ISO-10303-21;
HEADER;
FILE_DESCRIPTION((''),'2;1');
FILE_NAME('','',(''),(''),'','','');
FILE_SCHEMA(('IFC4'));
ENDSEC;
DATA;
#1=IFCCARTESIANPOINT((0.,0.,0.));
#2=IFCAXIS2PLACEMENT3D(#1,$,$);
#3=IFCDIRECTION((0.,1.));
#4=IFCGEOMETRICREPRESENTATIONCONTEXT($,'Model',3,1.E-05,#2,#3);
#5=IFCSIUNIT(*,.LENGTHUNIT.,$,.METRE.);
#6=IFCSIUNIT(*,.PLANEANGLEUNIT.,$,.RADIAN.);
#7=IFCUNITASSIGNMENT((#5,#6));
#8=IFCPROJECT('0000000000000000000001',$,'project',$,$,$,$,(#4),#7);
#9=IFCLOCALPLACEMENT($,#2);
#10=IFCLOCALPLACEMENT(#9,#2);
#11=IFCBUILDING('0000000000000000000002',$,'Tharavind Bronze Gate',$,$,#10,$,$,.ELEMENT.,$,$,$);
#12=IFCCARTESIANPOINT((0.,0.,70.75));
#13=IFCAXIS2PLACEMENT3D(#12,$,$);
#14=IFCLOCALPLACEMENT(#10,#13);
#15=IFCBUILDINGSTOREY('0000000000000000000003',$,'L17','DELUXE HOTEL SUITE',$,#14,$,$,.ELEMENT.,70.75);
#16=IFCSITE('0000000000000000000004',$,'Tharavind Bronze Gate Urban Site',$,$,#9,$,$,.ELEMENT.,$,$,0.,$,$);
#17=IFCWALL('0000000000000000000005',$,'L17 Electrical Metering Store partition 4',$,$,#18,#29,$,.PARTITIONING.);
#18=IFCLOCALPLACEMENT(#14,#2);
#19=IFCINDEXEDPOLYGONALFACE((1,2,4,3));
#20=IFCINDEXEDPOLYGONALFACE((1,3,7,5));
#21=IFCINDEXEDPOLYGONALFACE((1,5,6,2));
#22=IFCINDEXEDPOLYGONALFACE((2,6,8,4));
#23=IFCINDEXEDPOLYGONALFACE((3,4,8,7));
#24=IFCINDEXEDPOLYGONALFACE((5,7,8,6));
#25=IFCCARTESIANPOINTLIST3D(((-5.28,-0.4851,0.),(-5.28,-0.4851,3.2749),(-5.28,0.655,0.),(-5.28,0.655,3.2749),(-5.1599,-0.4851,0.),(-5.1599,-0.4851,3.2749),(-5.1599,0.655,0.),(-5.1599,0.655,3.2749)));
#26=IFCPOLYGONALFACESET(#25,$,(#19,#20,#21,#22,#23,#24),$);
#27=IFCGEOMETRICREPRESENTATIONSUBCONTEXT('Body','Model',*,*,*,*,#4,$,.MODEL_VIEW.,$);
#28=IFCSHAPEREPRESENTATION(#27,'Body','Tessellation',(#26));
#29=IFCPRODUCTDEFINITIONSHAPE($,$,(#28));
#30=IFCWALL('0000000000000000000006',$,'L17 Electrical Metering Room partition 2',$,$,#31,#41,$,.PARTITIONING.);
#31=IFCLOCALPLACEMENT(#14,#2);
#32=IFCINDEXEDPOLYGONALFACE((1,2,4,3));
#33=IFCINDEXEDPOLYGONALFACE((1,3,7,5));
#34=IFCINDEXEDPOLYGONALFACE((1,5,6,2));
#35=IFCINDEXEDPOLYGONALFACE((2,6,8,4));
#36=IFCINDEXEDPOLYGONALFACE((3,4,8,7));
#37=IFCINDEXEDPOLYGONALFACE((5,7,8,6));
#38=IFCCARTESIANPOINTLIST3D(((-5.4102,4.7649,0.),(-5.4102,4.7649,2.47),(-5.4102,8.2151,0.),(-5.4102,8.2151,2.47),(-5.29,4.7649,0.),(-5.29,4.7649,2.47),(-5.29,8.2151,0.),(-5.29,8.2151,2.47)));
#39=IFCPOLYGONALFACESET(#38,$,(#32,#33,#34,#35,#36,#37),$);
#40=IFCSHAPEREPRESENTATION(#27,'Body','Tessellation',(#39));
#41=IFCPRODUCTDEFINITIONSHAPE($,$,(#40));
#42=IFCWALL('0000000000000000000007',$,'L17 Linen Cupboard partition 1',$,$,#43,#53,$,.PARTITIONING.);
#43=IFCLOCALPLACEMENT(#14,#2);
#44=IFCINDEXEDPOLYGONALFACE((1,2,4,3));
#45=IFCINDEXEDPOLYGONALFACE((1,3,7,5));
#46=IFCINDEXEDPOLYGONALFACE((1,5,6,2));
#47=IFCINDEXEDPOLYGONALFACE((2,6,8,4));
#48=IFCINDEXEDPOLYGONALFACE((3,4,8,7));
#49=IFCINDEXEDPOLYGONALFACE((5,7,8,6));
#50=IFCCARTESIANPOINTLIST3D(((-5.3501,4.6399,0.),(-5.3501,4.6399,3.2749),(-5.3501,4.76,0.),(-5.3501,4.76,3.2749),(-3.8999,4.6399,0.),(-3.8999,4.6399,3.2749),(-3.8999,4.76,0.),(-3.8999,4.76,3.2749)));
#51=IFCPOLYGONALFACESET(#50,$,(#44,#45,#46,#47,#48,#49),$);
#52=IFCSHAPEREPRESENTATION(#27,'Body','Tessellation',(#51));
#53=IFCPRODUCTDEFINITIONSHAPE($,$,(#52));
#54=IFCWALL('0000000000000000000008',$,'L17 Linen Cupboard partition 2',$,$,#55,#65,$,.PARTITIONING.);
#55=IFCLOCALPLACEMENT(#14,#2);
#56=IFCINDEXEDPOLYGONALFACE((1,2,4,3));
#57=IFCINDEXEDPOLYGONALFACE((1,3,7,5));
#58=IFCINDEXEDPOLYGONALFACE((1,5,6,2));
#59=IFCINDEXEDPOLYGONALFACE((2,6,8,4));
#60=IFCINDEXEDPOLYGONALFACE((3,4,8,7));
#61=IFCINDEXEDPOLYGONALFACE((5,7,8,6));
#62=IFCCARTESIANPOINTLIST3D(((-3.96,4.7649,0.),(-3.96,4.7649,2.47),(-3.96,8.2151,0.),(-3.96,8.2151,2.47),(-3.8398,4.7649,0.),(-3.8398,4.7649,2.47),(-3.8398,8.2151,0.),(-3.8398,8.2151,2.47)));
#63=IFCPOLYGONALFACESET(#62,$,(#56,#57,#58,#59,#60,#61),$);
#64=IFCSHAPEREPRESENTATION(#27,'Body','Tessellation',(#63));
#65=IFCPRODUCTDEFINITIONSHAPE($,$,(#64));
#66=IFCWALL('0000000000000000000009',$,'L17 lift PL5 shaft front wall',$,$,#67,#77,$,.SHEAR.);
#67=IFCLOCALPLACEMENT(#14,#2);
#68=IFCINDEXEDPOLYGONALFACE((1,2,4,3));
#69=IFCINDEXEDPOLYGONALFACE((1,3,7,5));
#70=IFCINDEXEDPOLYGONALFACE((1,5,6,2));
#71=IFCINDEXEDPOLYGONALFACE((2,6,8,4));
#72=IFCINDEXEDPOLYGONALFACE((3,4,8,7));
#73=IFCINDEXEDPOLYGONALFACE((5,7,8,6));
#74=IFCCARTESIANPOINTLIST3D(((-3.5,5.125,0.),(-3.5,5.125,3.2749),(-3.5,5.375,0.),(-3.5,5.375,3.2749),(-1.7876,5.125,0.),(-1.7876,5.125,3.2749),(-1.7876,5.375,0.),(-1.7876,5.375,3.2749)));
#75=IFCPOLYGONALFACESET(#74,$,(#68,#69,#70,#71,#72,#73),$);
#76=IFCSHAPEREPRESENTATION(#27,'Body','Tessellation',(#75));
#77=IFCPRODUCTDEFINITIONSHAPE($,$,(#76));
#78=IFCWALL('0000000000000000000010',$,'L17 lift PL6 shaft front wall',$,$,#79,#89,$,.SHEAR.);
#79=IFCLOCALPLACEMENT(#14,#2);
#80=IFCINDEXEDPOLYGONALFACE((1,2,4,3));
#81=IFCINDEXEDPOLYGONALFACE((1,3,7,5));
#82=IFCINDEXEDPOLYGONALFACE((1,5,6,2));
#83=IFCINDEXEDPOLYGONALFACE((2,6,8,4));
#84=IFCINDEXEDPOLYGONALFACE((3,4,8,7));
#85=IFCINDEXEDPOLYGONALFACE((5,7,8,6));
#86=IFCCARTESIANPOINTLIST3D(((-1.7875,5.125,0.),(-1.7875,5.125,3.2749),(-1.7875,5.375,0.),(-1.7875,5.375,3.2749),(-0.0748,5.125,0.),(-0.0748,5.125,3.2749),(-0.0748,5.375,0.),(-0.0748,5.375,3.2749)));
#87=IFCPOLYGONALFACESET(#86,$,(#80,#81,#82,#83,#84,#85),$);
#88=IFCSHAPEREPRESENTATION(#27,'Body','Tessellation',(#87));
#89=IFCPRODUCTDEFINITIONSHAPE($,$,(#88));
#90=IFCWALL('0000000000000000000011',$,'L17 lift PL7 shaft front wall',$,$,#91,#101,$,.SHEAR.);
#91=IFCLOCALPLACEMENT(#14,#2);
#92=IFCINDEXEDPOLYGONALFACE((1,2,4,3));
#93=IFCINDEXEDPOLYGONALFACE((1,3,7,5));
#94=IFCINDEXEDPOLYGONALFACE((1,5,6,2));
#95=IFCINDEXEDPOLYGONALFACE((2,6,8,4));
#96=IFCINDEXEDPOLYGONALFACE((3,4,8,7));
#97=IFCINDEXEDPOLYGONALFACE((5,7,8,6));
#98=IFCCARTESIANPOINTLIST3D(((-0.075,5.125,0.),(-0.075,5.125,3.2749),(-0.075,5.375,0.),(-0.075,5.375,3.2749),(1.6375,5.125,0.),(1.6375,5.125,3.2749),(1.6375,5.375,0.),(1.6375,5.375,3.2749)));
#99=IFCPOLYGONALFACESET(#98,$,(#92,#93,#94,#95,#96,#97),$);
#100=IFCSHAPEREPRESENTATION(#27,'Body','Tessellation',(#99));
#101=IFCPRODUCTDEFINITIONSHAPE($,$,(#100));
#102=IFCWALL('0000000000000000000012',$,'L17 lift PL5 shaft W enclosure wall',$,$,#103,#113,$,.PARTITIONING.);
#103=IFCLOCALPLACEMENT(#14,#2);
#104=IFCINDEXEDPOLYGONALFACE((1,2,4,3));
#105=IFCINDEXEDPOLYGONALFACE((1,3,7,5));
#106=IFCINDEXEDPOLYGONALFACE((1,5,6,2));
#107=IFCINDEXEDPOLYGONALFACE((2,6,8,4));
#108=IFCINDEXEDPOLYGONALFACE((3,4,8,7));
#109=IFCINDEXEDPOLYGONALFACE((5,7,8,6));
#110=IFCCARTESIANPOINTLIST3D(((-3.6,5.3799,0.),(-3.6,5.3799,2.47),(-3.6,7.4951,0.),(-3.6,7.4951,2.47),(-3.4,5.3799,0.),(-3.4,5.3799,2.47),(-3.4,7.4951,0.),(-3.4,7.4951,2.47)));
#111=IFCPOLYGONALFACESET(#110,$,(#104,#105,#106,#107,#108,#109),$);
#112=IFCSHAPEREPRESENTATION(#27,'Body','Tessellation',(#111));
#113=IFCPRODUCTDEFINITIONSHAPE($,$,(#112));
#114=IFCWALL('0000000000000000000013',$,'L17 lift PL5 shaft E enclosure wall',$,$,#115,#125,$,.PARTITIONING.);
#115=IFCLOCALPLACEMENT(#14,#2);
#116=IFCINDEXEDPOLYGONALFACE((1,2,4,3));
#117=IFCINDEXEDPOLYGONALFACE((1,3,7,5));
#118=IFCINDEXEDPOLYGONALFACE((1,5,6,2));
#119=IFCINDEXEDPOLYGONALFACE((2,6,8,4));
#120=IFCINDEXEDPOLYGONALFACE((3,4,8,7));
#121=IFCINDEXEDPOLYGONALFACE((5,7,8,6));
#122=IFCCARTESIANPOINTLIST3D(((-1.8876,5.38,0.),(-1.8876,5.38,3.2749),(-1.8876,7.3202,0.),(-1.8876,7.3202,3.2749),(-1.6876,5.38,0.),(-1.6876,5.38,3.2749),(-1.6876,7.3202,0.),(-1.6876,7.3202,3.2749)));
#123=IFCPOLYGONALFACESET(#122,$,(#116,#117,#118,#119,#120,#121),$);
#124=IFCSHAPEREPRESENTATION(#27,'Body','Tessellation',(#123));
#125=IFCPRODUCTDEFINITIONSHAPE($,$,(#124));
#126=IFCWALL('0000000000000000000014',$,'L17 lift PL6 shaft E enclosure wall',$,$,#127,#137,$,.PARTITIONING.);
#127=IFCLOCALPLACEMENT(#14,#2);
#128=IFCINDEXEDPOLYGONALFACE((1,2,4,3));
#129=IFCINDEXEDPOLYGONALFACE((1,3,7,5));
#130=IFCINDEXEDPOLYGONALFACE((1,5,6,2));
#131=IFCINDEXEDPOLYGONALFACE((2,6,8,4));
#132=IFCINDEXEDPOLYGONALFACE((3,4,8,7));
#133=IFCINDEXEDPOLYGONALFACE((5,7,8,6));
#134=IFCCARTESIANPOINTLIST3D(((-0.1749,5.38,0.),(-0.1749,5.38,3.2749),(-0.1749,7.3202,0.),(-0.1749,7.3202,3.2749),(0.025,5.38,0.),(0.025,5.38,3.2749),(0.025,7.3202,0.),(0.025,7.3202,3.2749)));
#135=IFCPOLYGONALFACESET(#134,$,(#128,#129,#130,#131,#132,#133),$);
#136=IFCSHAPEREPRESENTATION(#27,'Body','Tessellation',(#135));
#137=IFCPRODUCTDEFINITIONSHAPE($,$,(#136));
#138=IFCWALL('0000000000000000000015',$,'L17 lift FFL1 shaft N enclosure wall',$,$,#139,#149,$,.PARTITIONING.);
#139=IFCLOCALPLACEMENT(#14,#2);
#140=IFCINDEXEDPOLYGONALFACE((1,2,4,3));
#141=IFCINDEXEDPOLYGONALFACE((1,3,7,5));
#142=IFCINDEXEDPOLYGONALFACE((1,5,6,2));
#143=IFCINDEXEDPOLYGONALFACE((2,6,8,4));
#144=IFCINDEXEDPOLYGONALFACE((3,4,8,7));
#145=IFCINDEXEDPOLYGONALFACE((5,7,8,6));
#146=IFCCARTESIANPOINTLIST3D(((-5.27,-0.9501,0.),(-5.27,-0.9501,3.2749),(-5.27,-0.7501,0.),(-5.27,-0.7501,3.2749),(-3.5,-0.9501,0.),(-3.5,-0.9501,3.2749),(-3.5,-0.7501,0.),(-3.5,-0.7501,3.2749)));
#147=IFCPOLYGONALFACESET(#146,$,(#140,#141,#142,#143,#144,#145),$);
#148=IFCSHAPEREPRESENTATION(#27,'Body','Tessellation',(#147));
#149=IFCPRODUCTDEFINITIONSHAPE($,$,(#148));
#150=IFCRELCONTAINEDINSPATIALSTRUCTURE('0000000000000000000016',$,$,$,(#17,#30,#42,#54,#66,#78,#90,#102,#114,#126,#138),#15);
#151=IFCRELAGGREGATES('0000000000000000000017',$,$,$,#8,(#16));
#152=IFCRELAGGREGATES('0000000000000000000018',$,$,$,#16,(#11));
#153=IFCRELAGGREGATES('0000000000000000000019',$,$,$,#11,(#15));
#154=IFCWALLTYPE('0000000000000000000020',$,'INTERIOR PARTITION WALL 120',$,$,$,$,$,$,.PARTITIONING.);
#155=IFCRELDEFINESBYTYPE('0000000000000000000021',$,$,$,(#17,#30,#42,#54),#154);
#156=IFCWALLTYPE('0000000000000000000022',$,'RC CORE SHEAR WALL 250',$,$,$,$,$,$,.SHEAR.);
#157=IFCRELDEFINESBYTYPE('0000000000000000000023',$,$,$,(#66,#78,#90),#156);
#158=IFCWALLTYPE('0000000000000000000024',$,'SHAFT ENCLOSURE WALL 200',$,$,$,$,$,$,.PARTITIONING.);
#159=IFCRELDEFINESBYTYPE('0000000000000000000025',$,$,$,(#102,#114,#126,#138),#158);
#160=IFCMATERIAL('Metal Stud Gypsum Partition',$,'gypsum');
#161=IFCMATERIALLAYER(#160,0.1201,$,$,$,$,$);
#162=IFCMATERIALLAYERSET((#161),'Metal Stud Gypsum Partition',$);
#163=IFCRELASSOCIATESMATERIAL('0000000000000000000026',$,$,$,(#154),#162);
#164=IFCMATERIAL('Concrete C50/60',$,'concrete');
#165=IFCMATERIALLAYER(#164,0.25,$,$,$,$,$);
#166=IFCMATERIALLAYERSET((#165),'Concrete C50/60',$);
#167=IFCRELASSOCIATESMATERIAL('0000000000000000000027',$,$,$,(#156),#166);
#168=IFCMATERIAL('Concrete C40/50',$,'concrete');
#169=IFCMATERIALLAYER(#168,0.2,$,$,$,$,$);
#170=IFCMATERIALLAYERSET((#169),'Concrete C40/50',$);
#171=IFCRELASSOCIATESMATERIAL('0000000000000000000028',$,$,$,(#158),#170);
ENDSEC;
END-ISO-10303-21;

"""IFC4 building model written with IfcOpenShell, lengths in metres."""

from ifc_helpers import new_model, si_unit, direction, frame, frame_2d, origin, place, context, subcontext, project, spatial, rectangle, extrude, material, layer, layer_set, type_object, element, save


model = new_model("IFC4")

# Units and contexts
model_context = context("Model", 3, precision=1e-05, world=origin(), true_north=direction((0.0, 1.0)))
body_context = subcontext(model_context, "Body", "Model", "MODEL_VIEW")
ifc_project = project(units=[si_unit("LENGTHUNIT", "METRE"), si_unit("PLANEANGLEUNIT", "RADIAN")], contexts=[model_context])

# Site, building, storey
site_placement = place(None, origin())
site = spatial("IfcSite", under=ifc_project, at=site_placement, Name="Tharavind Bronze Gate Urban Site", CompositionType="ELEMENT", RefElevation=0.0)
building_placement = place(site_placement, origin())
building = spatial("IfcBuilding", under=site, at=building_placement, Name="Tharavind Bronze Gate", CompositionType="ELEMENT")
storey_placement = place(building_placement, frame((0.0, 0.0, 70.75)))
storey = spatial("IfcBuildingStorey", under=building, at=storey_placement, Name="L17", Description="DELUXE HOTEL SUITE", CompositionType="ELEMENT", Elevation=70.75)

# Shared definitions
ifc_material_1 = material(Name="Concrete C40/50", Category="concrete")

# Shared definitions
ifc_material_2 = material(Name="Metal Stud Gypsum Partition", Category="gypsum")
ifc_layer_1 = layer(ifc_material_2, 0.1201)
ifc_layer_set_1 = layer_set([ifc_layer_1], Name="Metal Stud Gypsum Partition")
wall_type_1 = type_object("IfcWallType", Name="INTERIOR PARTITION WALL 120", PredefinedType="PARTITIONING", material=ifc_layer_set_1)

# Walls
wall_1_placement = place(storey_placement, frame((-5.22, 0.655, 0.0), z_axis=(0.0, 0.0, 1.0), x_axis=(0.0, -1.0, 0.0)))
element("IfcWall", 1, at=wall_1_placement, inside=storey, type_object=wall_type_1, Name="L17 Electrical Metering Store partition 4", PredefinedType="PARTITIONING", context=body_context, shape_type="SweptSolid", body=[
    extrude(rectangle(XDim=1.1401, YDim=0.1201, at=frame_2d((0.5701, 0.0))), origin(), (0.0, 0.0, 1.0), 3.2749),
])
wall_2_placement = place(storey_placement, frame((-5.3501, 4.7649, 0.0), z_axis=(0.0, 0.0, 1.0), x_axis=(0.0, 1.0, 0.0)))
element("IfcWall", 2, at=wall_2_placement, inside=storey, type_object=wall_type_1, Name="L17 Electrical Metering Room partition 2", PredefinedType="PARTITIONING", context=body_context, shape_type="SweptSolid", body=[
    extrude(rectangle(XDim=3.4502, YDim=0.1201, at=frame_2d((1.7251, 0.0))), origin(), (0.0, 0.0, 1.0), 2.47),
])
wall_3_placement = place(storey_placement, frame((-5.3501, 4.7, 0.0), z_axis=(0.0, 0.0, 1.0), x_axis=(1.0, 0.0, 0.0)))
element("IfcWall", 3, at=wall_3_placement, inside=storey, type_object=wall_type_1, Name="L17 Linen Cupboard partition 1", PredefinedType="PARTITIONING", context=body_context, shape_type="SweptSolid", body=[
    extrude(rectangle(XDim=1.4502, YDim=0.1201, at=frame_2d((0.7251, 0.0))), origin(), (0.0, 0.0, 1.0), 3.2749),
])
wall_4_placement = place(storey_placement, frame((-3.8999, 4.7649, 0.0), z_axis=(0.0, 0.0, 1.0), x_axis=(0.0, 1.0, 0.0)))
element("IfcWall", 4, at=wall_4_placement, inside=storey, type_object=wall_type_1, Name="L17 Linen Cupboard partition 2", PredefinedType="PARTITIONING", context=body_context, shape_type="SweptSolid", body=[
    extrude(rectangle(XDim=3.4502, YDim=0.1201, at=frame_2d((1.7251, 0.0))), origin(), (0.0, 0.0, 1.0), 2.47),
])
ifc_material_3 = material(Name="Concrete C50/60", Category="concrete")
ifc_layer_2 = layer(ifc_material_3, 0.25)
ifc_layer_set_2 = layer_set([ifc_layer_2], Name="Concrete C50/60")
wall_type_2 = type_object("IfcWallType", Name="RC CORE SHEAR WALL 250", PredefinedType="SHEAR", material=ifc_layer_set_2)
wall_5_placement = place(storey_placement, frame((-3.5, 5.25, 0.0), z_axis=(0.0, 0.0, 1.0), x_axis=(1.0, 0.0, 0.0)))
element("IfcWall", 5, at=wall_5_placement, inside=storey, type_object=wall_type_2, Name="L17 lift PL5 shaft front wall", PredefinedType="SHEAR", context=body_context, shape_type="SweptSolid", body=[
    extrude(rectangle(XDim=1.7124, YDim=0.25, at=frame_2d((0.8562, 0.0))), origin(), (0.0, 0.0, 1.0), 3.2749),
])
wall_6_placement = place(storey_placement, frame((-1.7876, 5.25, 0.0), z_axis=(0.0, 0.0, 1.0), x_axis=(1.0, 0.0, 0.0)))
element("IfcWall", 6, at=wall_6_placement, inside=storey, type_object=wall_type_2, Name="L17 lift PL6 shaft front wall", PredefinedType="SHEAR", context=body_context, shape_type="SweptSolid", body=[
    extrude(rectangle(XDim=1.7126, YDim=0.25, at=frame_2d((0.8564, 0.0))), origin(), (0.0, 0.0, 1.0), 3.2749),
])
wall_7_placement = place(storey_placement, frame((-0.075, 5.25, 0.0), z_axis=(0.0, 0.0, 1.0), x_axis=(1.0, 0.0, 0.0)))
element("IfcWall", 7, at=wall_7_placement, inside=storey, type_object=wall_type_2, Name="L17 lift PL7 shaft front wall", PredefinedType="SHEAR", context=body_context, shape_type="SweptSolid", body=[
    extrude(rectangle(XDim=1.7124, YDim=0.25, at=frame_2d((0.8562, 0.0))), origin(), (0.0, 0.0, 1.0), 3.2749),
])
ifc_layer_3 = layer(ifc_material_1, 0.2)
ifc_layer_set_3 = layer_set([ifc_layer_3], Name="Concrete C40/50")
wall_type_3 = type_object("IfcWallType", Name="SHAFT ENCLOSURE WALL 200", PredefinedType="PARTITIONING", material=ifc_layer_set_3)
wall_8_placement = place(storey_placement, frame((-3.5, 5.3799, 0.0), z_axis=(0.0, 0.0, 1.0), x_axis=(0.0, 1.0, 0.0)))
element("IfcWall", 8, at=wall_8_placement, inside=storey, type_object=wall_type_3, Name="L17 lift PL5 shaft W enclosure wall", PredefinedType="PARTITIONING", context=body_context, shape_type="SweptSolid", body=[
    extrude(rectangle(XDim=2.1152, YDim=0.2, at=frame_2d((1.0576, 0.0))), origin(), (0.0, 0.0, 1.0), 2.47),
])
for number, where, z_axis, x_axis, name in (
    (9, (-1.7876, 5.3799, 0.0), (0.0, 0.0, 1.0), (0.0, 1.0, 0.0), "L17 lift PL5 shaft E enclosure wall"),
    (10, (-0.075, 5.3799, 0.0), (0.0, 0.0, 1.0), (0.0, 1.0, 0.0), "L17 lift PL6 shaft E enclosure wall"),
):
    element("IfcWall", number, at=place(storey_placement, frame(where, z_axis=z_axis, x_axis=x_axis)), inside=storey, type_object=wall_type_3, Name=name, PredefinedType="PARTITIONING", context=body_context, shape_type="SweptSolid", body=[
        extrude(rectangle(XDim=1.9402, YDim=0.2, at=frame_2d((0.9702, 0.0))), origin(), (0.0, 0.0, 1.0), 3.2749),
    ])
wall_9_placement = place(storey_placement, frame((-5.27, -0.8501, 0.0), z_axis=(0.0, 0.0, 1.0), x_axis=(1.0, 0.0, 0.0)))
element("IfcWall", 11, at=wall_9_placement, inside=storey, type_object=wall_type_3, Name="L17 lift FFL1 shaft N enclosure wall", PredefinedType="PARTITIONING", context=body_context, shape_type="SweptSolid", body=[
    extrude(rectangle(XDim=1.77, YDim=0.2, at=frame_2d((0.885, 0.0))), origin(), (0.0, 0.0, 1.0), 3.2749),
])

save(model, "model.ifc")
